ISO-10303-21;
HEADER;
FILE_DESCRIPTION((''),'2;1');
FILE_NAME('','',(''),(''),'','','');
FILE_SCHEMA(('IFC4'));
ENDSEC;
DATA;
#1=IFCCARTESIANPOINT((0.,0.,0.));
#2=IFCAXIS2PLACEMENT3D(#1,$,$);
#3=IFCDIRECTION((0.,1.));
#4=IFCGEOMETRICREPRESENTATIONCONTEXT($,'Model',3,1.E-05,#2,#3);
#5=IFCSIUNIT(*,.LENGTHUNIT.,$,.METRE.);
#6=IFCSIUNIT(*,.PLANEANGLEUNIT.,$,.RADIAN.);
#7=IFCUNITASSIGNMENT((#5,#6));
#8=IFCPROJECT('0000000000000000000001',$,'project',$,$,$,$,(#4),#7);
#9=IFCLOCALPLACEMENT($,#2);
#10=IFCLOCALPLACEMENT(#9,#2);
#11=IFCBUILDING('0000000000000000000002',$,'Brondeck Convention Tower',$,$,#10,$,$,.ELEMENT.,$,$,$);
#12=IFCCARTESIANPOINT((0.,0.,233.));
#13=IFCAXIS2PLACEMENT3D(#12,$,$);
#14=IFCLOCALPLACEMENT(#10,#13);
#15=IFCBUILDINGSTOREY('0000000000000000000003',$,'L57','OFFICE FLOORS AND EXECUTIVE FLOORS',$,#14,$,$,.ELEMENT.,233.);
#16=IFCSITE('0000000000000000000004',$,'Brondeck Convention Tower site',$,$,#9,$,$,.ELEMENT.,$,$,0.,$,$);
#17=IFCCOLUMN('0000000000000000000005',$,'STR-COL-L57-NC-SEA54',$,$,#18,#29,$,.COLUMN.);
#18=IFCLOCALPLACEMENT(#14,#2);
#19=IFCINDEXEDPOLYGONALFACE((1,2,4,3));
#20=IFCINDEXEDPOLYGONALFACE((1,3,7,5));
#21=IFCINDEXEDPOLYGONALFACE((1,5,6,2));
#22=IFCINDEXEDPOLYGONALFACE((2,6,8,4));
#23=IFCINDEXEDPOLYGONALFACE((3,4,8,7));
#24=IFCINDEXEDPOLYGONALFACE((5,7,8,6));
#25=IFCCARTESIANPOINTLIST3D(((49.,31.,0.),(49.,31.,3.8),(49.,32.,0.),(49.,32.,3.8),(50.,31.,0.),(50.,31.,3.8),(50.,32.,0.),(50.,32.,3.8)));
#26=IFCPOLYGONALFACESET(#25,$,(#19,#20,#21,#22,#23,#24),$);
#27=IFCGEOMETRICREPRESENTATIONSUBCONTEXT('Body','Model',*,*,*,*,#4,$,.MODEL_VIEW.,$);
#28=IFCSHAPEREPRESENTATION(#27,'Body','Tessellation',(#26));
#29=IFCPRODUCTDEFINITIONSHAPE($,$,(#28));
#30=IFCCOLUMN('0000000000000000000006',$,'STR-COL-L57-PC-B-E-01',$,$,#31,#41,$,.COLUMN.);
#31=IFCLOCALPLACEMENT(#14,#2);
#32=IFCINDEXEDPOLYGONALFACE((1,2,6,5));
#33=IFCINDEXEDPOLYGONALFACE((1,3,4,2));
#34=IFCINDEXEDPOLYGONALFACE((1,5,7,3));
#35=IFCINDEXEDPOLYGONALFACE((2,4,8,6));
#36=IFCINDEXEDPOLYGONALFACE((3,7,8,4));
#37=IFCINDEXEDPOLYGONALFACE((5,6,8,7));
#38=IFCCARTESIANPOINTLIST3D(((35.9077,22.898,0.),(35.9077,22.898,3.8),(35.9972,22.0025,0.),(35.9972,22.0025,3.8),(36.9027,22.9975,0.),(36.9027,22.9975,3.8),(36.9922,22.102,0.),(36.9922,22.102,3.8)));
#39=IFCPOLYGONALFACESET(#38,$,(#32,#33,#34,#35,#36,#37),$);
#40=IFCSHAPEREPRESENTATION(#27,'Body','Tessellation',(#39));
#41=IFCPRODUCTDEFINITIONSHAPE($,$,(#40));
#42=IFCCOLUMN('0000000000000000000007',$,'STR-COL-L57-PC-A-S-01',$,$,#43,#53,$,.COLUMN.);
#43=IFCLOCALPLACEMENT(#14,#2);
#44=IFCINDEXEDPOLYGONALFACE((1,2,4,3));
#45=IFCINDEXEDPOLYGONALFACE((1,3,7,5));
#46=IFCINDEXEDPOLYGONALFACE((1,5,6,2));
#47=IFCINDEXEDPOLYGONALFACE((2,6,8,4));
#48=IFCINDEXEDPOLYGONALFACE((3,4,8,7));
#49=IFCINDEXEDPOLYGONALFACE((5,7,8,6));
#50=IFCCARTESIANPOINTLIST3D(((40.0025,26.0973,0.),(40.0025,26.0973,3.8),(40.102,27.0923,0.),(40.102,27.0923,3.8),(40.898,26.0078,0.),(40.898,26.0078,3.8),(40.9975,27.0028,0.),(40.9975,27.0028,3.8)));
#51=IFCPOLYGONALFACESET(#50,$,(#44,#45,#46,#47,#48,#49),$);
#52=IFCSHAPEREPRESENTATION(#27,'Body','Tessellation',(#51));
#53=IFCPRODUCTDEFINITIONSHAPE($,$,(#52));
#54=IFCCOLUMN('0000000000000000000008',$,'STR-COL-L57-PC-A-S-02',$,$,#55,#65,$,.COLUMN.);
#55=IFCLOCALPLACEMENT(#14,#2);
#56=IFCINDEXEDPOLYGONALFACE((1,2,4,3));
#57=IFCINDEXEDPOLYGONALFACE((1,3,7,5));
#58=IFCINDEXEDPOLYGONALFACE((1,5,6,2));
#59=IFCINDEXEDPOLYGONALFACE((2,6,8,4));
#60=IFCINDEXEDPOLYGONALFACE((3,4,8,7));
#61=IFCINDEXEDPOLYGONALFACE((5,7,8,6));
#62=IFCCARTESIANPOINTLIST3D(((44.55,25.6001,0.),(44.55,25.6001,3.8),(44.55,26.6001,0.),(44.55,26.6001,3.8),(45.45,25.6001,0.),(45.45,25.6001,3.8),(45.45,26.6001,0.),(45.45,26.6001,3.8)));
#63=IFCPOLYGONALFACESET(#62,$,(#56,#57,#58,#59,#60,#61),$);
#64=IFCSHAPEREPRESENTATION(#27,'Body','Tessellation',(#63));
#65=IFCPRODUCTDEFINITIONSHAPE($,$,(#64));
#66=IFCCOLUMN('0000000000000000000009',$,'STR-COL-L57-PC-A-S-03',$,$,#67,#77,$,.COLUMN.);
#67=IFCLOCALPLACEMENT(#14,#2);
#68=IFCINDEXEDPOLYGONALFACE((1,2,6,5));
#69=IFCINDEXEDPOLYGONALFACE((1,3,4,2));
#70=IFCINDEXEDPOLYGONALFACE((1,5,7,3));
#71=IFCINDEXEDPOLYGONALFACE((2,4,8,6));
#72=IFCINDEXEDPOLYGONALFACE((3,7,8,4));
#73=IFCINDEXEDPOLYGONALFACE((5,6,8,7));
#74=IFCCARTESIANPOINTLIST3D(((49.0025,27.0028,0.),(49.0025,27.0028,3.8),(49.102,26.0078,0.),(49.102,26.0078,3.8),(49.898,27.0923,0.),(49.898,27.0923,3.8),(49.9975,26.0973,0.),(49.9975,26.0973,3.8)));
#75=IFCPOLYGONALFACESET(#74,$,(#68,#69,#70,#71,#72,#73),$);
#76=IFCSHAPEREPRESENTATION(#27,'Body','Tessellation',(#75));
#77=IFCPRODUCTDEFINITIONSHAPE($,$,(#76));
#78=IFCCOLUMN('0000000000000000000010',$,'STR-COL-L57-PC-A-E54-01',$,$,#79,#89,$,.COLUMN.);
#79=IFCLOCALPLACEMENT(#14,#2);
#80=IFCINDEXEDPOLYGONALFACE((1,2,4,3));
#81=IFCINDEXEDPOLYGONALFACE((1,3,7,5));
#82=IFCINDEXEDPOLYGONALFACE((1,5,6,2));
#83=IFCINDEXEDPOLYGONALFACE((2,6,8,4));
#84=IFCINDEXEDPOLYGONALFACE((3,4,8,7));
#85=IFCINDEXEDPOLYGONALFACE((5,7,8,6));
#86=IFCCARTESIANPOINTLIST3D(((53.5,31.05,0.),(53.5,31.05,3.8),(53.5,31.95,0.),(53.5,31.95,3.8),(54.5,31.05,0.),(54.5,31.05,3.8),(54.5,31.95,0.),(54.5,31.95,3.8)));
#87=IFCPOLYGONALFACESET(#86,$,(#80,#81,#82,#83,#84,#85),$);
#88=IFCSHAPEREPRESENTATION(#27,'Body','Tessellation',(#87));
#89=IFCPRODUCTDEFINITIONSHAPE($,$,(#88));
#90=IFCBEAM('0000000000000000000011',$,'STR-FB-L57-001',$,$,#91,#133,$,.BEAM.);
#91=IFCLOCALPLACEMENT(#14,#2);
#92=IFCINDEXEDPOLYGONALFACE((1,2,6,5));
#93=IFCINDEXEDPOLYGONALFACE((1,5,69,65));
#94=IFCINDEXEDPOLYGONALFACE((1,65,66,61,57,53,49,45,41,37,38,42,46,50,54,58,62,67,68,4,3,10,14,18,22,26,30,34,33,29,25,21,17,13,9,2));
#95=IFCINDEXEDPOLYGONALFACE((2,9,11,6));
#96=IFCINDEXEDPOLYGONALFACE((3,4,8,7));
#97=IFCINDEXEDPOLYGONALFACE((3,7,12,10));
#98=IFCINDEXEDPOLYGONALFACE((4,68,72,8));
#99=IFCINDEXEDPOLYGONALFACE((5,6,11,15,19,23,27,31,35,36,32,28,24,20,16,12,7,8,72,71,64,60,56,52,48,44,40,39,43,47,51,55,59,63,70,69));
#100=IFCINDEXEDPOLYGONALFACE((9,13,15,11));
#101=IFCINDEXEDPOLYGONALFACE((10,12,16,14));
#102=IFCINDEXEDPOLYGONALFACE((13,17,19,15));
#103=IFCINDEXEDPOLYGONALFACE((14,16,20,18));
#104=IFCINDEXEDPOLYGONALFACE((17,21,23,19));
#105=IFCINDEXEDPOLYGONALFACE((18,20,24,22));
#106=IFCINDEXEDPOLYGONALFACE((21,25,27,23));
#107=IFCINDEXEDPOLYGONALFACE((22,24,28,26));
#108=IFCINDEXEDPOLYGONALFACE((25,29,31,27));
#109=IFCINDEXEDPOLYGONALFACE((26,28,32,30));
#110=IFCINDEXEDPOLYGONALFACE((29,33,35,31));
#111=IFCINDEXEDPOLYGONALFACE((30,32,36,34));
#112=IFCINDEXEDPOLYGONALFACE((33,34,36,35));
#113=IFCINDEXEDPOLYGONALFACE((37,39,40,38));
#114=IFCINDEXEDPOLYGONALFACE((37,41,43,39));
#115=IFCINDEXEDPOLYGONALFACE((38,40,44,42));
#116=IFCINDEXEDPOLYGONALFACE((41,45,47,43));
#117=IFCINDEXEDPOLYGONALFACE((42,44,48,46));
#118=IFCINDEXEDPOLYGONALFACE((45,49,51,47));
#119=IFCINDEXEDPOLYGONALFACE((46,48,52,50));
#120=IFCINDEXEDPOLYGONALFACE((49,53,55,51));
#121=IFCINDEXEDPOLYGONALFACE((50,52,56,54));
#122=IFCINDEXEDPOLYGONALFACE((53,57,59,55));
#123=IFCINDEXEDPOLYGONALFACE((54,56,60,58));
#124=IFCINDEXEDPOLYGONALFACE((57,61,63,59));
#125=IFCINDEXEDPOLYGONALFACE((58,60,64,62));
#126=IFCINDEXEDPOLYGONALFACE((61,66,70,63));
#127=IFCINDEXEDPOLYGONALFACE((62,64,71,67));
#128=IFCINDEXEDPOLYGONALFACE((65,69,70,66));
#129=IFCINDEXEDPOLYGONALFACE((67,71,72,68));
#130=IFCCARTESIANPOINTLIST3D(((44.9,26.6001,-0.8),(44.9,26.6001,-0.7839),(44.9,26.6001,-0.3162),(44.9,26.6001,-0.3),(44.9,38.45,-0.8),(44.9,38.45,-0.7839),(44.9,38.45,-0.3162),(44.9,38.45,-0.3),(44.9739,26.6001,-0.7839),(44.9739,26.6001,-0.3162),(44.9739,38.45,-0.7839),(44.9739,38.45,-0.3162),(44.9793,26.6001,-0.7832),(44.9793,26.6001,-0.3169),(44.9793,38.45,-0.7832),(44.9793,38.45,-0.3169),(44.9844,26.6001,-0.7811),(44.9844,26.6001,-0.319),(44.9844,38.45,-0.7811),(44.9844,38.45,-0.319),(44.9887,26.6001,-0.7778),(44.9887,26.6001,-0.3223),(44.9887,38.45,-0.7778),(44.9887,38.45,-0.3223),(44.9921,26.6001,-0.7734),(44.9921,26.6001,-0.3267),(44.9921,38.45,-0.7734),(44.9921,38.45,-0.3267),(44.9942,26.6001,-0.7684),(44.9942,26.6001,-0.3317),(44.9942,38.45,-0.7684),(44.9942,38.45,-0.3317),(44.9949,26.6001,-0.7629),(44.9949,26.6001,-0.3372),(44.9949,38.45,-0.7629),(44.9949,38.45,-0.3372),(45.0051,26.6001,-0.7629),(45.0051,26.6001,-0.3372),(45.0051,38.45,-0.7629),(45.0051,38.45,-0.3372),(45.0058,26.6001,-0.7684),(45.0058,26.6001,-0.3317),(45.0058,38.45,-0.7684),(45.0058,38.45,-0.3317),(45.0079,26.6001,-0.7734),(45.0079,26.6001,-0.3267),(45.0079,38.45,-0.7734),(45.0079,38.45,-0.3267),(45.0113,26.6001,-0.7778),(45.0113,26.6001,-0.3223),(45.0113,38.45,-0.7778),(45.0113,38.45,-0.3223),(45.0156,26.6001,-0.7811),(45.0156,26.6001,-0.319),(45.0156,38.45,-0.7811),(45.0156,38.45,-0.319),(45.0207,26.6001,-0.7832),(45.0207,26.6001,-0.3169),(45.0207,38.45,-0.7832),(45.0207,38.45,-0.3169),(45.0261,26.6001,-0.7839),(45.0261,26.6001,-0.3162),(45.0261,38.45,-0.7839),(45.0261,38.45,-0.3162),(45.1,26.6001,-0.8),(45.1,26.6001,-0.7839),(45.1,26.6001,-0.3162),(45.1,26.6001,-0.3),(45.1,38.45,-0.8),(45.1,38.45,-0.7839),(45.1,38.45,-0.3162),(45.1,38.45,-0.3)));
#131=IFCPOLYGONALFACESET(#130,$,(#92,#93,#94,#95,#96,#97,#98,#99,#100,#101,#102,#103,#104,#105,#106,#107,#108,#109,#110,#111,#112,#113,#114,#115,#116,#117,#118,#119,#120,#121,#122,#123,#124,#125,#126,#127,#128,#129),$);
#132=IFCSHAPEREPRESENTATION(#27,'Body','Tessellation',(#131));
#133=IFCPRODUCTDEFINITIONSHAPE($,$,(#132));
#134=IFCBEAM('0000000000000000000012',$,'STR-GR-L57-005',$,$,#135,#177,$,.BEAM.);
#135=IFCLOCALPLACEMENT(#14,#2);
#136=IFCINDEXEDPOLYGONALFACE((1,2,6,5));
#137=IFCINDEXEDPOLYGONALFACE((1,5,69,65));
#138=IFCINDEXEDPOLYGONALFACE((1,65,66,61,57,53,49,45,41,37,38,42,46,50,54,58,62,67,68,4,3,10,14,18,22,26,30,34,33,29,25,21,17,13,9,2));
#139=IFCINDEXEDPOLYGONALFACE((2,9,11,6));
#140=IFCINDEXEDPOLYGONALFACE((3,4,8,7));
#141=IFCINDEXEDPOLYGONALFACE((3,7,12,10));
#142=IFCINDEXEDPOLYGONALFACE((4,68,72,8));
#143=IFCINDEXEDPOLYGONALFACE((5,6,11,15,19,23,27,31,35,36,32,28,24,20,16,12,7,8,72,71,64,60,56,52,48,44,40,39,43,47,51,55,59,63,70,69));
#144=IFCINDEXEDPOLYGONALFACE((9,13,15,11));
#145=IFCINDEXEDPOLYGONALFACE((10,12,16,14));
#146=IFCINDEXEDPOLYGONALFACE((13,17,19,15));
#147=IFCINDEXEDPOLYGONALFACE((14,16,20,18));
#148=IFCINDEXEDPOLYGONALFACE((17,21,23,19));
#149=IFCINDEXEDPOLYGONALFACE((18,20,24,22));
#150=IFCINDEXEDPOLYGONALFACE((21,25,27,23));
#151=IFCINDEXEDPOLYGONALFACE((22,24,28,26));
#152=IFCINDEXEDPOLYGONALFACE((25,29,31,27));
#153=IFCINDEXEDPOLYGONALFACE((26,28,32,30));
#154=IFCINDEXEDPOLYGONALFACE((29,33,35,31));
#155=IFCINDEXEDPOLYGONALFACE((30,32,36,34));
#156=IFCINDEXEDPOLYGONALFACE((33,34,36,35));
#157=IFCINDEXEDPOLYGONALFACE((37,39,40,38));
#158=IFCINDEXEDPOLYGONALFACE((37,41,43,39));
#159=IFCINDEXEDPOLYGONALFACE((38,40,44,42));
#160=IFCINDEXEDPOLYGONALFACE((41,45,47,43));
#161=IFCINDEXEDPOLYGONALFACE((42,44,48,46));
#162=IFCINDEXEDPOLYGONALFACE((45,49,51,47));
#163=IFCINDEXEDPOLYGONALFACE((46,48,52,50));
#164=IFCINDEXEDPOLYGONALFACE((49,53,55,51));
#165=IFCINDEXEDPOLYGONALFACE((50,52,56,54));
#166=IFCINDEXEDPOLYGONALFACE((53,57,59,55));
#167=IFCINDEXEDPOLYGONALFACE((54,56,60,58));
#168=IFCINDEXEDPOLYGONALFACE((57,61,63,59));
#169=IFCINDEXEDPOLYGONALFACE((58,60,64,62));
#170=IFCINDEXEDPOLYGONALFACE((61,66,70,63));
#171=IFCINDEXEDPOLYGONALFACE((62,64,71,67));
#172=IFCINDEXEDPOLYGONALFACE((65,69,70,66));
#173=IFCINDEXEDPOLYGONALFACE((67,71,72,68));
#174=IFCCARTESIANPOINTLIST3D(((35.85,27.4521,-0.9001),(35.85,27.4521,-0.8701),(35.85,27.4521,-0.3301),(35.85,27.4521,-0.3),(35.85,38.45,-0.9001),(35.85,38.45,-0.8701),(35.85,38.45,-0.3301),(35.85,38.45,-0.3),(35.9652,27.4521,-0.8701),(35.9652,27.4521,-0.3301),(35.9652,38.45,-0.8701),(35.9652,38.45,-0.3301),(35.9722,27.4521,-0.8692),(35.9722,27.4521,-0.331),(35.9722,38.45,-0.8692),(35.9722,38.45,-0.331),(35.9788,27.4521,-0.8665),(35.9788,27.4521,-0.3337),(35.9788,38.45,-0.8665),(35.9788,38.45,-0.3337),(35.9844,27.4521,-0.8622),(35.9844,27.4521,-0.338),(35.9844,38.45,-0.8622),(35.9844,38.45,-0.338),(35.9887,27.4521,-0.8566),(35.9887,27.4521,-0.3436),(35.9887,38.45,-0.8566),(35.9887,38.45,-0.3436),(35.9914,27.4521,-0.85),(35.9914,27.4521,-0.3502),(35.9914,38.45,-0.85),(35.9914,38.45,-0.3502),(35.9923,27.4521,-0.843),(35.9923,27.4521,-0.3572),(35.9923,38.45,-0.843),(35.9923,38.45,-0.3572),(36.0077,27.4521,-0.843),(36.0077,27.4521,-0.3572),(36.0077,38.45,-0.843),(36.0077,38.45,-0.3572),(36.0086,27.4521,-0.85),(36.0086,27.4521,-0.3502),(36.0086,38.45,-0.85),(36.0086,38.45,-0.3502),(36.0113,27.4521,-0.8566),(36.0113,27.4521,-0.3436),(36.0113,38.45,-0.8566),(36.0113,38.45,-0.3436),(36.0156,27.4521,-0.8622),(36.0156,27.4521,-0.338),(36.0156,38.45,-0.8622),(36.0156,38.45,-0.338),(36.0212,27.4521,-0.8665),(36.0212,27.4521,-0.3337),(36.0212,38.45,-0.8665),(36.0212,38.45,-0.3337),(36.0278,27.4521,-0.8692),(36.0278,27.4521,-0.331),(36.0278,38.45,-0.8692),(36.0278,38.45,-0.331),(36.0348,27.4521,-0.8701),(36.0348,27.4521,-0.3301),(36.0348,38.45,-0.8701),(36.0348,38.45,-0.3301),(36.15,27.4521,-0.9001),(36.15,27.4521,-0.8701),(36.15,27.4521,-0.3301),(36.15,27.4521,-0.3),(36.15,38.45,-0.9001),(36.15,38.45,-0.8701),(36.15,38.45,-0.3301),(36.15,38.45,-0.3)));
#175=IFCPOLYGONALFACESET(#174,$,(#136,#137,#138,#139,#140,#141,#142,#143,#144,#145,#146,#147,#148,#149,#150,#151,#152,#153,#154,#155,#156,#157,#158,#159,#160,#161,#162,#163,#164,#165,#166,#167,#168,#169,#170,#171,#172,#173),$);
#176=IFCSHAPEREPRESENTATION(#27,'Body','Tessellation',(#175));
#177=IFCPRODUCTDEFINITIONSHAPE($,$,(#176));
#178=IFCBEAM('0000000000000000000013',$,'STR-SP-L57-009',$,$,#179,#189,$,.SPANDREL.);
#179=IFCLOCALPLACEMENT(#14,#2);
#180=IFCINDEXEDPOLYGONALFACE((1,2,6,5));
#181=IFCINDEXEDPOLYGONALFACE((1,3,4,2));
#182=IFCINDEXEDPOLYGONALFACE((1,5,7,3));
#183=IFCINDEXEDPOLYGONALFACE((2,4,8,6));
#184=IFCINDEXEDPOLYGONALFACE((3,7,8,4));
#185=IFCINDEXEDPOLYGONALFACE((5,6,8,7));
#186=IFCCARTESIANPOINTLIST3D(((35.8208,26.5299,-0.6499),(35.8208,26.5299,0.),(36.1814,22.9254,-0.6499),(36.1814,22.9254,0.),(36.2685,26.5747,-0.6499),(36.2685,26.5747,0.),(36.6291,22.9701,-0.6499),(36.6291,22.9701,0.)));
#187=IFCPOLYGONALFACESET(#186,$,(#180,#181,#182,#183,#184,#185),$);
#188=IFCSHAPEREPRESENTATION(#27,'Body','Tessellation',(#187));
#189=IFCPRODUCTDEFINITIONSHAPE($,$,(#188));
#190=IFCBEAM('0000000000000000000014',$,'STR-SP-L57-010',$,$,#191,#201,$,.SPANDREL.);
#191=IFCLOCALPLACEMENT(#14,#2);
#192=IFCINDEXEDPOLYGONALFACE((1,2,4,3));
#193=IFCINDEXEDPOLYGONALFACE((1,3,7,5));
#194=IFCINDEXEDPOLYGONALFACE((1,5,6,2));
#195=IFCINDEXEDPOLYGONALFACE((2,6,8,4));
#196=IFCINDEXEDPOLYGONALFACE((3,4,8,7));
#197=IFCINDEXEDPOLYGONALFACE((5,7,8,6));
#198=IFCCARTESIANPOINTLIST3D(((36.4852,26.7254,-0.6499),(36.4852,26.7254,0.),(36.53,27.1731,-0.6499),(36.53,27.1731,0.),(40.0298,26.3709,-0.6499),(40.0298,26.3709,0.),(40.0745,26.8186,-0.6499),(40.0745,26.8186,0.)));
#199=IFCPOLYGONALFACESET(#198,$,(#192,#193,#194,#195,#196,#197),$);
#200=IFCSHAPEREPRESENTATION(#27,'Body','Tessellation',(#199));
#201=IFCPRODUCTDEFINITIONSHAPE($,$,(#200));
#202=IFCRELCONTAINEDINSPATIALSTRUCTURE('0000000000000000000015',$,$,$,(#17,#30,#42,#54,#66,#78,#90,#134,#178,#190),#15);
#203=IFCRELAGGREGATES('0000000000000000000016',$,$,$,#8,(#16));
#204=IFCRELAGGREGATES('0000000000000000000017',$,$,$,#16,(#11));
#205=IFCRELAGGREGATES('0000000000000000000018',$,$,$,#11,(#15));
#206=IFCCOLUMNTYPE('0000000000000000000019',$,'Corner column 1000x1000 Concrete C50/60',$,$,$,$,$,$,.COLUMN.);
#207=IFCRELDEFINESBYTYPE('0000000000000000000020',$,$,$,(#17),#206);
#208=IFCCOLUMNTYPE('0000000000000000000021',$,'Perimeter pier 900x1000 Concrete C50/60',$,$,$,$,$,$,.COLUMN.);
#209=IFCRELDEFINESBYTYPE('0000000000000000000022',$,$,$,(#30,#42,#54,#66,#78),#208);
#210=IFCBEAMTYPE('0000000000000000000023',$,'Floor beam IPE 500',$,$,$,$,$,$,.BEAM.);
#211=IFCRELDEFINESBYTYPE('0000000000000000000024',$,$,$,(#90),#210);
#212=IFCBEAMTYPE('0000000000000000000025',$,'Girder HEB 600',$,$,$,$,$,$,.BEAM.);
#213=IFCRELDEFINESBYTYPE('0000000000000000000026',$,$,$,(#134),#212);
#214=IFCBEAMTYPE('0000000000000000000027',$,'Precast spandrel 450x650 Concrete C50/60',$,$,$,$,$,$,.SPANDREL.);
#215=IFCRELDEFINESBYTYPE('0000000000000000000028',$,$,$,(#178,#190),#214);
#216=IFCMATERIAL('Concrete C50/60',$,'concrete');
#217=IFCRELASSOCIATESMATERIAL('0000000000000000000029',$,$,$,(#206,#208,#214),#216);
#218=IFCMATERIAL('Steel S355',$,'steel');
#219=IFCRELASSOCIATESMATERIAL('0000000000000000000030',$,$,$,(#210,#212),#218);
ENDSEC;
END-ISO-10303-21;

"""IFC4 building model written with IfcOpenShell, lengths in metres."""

from ifc_helpers import new_model, si_unit, direction, frame, origin, origin_2d, place, context, subcontext, project, spatial, rectangle, i_section, extrude, material, material_profile, profile_set, type_object, element, save


model = new_model("IFC4")

# Units and contexts
model_context = context("Model", 3, precision=1e-05, world=origin(), true_north=direction((0.0, 1.0)))
body_context = subcontext(model_context, "Body", "Model", "MODEL_VIEW")
ifc_project = project(units=[si_unit("LENGTHUNIT", "METRE"), si_unit("PLANEANGLEUNIT", "RADIAN")], contexts=[model_context])

# Site, building, storey
site_placement = place(None, origin())
site = spatial("IfcSite", under=ifc_project, at=site_placement, Name="Brondeck Convention Tower site", CompositionType="ELEMENT", RefElevation=0.0)
building_placement = place(site_placement, origin())
building = spatial("IfcBuilding", under=site, at=building_placement, Name="Brondeck Convention Tower", CompositionType="ELEMENT")
storey_placement = place(building_placement, frame((0.0, 0.0, 233.0)))
storey = spatial("IfcBuildingStorey", under=building, at=storey_placement, Name="L57", Description="OFFICE FLOORS AND EXECUTIVE FLOORS", CompositionType="ELEMENT", Elevation=233.0)

# Columns
ifc_material_1 = material(Name="Concrete C50/60", Category="concrete")
ifc_material_profile_1 = material_profile(ifc_material_1, rectangle(XDim=1.0, YDim=1.0, at=origin_2d()), Name="Corner column 1000x1000 Concrete C50/60")
ifc_profile_set_1 = profile_set([ifc_material_profile_1], Name="Concrete C50/60")
column_type_1 = type_object("IfcColumnType", Name="Corner column 1000x1000 Concrete C50/60", PredefinedType="COLUMN", material=ifc_profile_set_1)
column_placement = place(storey_placement, frame((49.5, 31.5, 0.0), z_axis=(0.0, 0.0, 1.0), x_axis=(1.0, 0.0, 0.0)))
element("IfcColumn", 1, at=column_placement, inside=storey, type_object=column_type_1, Name="STR-COL-L57-NC-SEA54", PredefinedType="COLUMN", context=body_context, shape_type="SweptSolid", body=[
    extrude(rectangle(XDim=1.0, YDim=1.0, at=origin_2d()), origin(), (0.0, 0.0, 1.0), 3.8),
])
ifc_material_profile_2 = material_profile(ifc_material_1, rectangle(XDim=0.8999, YDim=1.0, at=origin_2d()), Name="Perimeter pier 900x1000 Concrete C50/60")
ifc_profile_set_2 = profile_set([ifc_material_profile_2], Name="Concrete C50/60")
column_type_2 = type_object("IfcColumnType", Name="Perimeter pier 900x1000 Concrete C50/60", PredefinedType="COLUMN", material=ifc_profile_set_2)
for number, where, z_axis, x_axis, name in (
    (2, (36.45, 22.5, 0.0), (0.0, 0.0, 1.0), (-0.099504, 0.995037, 0.0), "STR-COL-L57-PC-B-E-01"),
    (3, (40.5, 26.55, 0.0), (0.0, 0.0, 1.0), (0.995037, -0.099504, 0.0), "STR-COL-L57-PC-A-S-01"),
    (4, (45.0, 26.1001, 0.0), (0.0, 0.0, 1.0), (1.0, 0.0, 0.0), "STR-COL-L57-PC-A-S-02"),
    (5, (49.5, 26.55, 0.0), (0.0, 0.0, 1.0), (0.995037, 0.099504, 0.0), "STR-COL-L57-PC-A-S-03"),
    (6, (54.0, 31.5, 0.0), (0.0, 0.0, 1.0), (0.0, 1.0, 0.0), "STR-COL-L57-PC-A-E54-01"),
):
    element("IfcColumn", number, at=place(storey_placement, frame(where, z_axis=z_axis, x_axis=x_axis)), inside=storey, type_object=column_type_2, Name=name, PredefinedType="COLUMN", context=body_context, shape_type="SweptSolid", body=[
        extrude(rectangle(XDim=0.8999, YDim=1.0, at=origin_2d()), origin(), (0.0, 0.0, 1.0), 3.8),
    ])

# Beams
ifc_material_2 = material(Name="Steel S355", Category="steel")
ifc_material_profile_3 = material_profile(ifc_material_2, i_section(OverallWidth=0.2, OverallDepth=0.5, WebThickness=0.0103, FlangeThickness=0.0161, FilletRadius=0.021, at=origin_2d()), Name="IPE 500")
ifc_profile_set_3 = profile_set([ifc_material_profile_3], Name="Steel S355")
beam_type_1 = type_object("IfcBeamType", Name="Floor beam IPE 500", PredefinedType="BEAM", material=ifc_profile_set_3)
beam_1_placement = place(storey_placement, frame((45.0, 26.6001, -0.55), z_axis=(0.0, 1.0, 0.0), x_axis=(-1.0, 0.0, 0.0)))
element("IfcBeam", 7, at=beam_1_placement, inside=storey, type_object=beam_type_1, Name="STR-FB-L57-001", PredefinedType="BEAM", context=body_context, shape_type="SweptSolid", body=[
    extrude(i_section(OverallWidth=0.2, OverallDepth=0.5, WebThickness=0.0103, FlangeThickness=0.0161, FilletRadius=0.021, at=origin_2d()), origin(), (0.0, 0.0, 1.0), 11.8499),
])
ifc_material_profile_4 = material_profile(ifc_material_2, i_section(OverallWidth=0.3, OverallDepth=0.6001, WebThickness=0.0154, FlangeThickness=0.03, FilletRadius=0.0271, at=origin_2d()), Name="HEB 600")
ifc_profile_set_4 = profile_set([ifc_material_profile_4], Name="Steel S355")
beam_type_2 = type_object("IfcBeamType", Name="Girder HEB 600", PredefinedType="BEAM", material=ifc_profile_set_4)
beam_2_placement = place(storey_placement, frame((36.0, 27.4521, -0.6001), z_axis=(0.0, 1.0, 0.0), x_axis=(-1.0, 0.0, 0.0)))
element("IfcBeam", 8, at=beam_2_placement, inside=storey, type_object=beam_type_2, Name="STR-GR-L57-005", PredefinedType="BEAM", context=body_context, shape_type="SweptSolid", body=[
    extrude(i_section(OverallWidth=0.3, OverallDepth=0.6001, WebThickness=0.0154, FlangeThickness=0.03, FilletRadius=0.0271, at=origin_2d()), origin(), (0.0, 0.0, 1.0), 10.9978),
])
ifc_material_profile_5 = material_profile(ifc_material_1, rectangle(XDim=0.45, YDim=0.6499, at=origin_2d()), Name="Precast spandrel 450x650 Concrete C50/60")
ifc_profile_set_5 = profile_set([ifc_material_profile_5], Name="Concrete C50/60")
beam_type_3 = type_object("IfcBeamType", Name="Precast spandrel 450x650 Concrete C50/60", PredefinedType="SPANDREL", material=ifc_profile_set_5)
beam_3_placement = place(storey_placement, frame((36.4053, 22.9478, -0.325), z_axis=(-0.099544, 0.995033, 0.0), x_axis=(-0.995033, -0.099544, 0.0)))
element("IfcBeam", 9, at=beam_3_placement, inside=storey, type_object=beam_type_3, Name="STR-SP-L57-009", PredefinedType="SPANDREL", context=body_context, shape_type="SweptSolid", body=[
    extrude(rectangle(XDim=0.45, YDim=0.6499, at=origin_2d()), origin(), (0.0, 0.0, 1.0), 3.6226),
])
beam_4_placement = place(storey_placement, frame((36.5076, 26.9492, -0.325), z_axis=(0.995037, -0.099511, 0.0), x_axis=(0.099511, 0.995037, 0.0)))
element("IfcBeam", 10, at=beam_4_placement, inside=storey, type_object=beam_type_3, Name="STR-SP-L57-010", PredefinedType="SPANDREL", context=body_context, shape_type="SweptSolid", body=[
    extrude(rectangle(XDim=0.45, YDim=0.6499, at=origin_2d()), origin(), (0.0, 0.0, 1.0), 3.5623),
])

save(model, "model.ifc")
